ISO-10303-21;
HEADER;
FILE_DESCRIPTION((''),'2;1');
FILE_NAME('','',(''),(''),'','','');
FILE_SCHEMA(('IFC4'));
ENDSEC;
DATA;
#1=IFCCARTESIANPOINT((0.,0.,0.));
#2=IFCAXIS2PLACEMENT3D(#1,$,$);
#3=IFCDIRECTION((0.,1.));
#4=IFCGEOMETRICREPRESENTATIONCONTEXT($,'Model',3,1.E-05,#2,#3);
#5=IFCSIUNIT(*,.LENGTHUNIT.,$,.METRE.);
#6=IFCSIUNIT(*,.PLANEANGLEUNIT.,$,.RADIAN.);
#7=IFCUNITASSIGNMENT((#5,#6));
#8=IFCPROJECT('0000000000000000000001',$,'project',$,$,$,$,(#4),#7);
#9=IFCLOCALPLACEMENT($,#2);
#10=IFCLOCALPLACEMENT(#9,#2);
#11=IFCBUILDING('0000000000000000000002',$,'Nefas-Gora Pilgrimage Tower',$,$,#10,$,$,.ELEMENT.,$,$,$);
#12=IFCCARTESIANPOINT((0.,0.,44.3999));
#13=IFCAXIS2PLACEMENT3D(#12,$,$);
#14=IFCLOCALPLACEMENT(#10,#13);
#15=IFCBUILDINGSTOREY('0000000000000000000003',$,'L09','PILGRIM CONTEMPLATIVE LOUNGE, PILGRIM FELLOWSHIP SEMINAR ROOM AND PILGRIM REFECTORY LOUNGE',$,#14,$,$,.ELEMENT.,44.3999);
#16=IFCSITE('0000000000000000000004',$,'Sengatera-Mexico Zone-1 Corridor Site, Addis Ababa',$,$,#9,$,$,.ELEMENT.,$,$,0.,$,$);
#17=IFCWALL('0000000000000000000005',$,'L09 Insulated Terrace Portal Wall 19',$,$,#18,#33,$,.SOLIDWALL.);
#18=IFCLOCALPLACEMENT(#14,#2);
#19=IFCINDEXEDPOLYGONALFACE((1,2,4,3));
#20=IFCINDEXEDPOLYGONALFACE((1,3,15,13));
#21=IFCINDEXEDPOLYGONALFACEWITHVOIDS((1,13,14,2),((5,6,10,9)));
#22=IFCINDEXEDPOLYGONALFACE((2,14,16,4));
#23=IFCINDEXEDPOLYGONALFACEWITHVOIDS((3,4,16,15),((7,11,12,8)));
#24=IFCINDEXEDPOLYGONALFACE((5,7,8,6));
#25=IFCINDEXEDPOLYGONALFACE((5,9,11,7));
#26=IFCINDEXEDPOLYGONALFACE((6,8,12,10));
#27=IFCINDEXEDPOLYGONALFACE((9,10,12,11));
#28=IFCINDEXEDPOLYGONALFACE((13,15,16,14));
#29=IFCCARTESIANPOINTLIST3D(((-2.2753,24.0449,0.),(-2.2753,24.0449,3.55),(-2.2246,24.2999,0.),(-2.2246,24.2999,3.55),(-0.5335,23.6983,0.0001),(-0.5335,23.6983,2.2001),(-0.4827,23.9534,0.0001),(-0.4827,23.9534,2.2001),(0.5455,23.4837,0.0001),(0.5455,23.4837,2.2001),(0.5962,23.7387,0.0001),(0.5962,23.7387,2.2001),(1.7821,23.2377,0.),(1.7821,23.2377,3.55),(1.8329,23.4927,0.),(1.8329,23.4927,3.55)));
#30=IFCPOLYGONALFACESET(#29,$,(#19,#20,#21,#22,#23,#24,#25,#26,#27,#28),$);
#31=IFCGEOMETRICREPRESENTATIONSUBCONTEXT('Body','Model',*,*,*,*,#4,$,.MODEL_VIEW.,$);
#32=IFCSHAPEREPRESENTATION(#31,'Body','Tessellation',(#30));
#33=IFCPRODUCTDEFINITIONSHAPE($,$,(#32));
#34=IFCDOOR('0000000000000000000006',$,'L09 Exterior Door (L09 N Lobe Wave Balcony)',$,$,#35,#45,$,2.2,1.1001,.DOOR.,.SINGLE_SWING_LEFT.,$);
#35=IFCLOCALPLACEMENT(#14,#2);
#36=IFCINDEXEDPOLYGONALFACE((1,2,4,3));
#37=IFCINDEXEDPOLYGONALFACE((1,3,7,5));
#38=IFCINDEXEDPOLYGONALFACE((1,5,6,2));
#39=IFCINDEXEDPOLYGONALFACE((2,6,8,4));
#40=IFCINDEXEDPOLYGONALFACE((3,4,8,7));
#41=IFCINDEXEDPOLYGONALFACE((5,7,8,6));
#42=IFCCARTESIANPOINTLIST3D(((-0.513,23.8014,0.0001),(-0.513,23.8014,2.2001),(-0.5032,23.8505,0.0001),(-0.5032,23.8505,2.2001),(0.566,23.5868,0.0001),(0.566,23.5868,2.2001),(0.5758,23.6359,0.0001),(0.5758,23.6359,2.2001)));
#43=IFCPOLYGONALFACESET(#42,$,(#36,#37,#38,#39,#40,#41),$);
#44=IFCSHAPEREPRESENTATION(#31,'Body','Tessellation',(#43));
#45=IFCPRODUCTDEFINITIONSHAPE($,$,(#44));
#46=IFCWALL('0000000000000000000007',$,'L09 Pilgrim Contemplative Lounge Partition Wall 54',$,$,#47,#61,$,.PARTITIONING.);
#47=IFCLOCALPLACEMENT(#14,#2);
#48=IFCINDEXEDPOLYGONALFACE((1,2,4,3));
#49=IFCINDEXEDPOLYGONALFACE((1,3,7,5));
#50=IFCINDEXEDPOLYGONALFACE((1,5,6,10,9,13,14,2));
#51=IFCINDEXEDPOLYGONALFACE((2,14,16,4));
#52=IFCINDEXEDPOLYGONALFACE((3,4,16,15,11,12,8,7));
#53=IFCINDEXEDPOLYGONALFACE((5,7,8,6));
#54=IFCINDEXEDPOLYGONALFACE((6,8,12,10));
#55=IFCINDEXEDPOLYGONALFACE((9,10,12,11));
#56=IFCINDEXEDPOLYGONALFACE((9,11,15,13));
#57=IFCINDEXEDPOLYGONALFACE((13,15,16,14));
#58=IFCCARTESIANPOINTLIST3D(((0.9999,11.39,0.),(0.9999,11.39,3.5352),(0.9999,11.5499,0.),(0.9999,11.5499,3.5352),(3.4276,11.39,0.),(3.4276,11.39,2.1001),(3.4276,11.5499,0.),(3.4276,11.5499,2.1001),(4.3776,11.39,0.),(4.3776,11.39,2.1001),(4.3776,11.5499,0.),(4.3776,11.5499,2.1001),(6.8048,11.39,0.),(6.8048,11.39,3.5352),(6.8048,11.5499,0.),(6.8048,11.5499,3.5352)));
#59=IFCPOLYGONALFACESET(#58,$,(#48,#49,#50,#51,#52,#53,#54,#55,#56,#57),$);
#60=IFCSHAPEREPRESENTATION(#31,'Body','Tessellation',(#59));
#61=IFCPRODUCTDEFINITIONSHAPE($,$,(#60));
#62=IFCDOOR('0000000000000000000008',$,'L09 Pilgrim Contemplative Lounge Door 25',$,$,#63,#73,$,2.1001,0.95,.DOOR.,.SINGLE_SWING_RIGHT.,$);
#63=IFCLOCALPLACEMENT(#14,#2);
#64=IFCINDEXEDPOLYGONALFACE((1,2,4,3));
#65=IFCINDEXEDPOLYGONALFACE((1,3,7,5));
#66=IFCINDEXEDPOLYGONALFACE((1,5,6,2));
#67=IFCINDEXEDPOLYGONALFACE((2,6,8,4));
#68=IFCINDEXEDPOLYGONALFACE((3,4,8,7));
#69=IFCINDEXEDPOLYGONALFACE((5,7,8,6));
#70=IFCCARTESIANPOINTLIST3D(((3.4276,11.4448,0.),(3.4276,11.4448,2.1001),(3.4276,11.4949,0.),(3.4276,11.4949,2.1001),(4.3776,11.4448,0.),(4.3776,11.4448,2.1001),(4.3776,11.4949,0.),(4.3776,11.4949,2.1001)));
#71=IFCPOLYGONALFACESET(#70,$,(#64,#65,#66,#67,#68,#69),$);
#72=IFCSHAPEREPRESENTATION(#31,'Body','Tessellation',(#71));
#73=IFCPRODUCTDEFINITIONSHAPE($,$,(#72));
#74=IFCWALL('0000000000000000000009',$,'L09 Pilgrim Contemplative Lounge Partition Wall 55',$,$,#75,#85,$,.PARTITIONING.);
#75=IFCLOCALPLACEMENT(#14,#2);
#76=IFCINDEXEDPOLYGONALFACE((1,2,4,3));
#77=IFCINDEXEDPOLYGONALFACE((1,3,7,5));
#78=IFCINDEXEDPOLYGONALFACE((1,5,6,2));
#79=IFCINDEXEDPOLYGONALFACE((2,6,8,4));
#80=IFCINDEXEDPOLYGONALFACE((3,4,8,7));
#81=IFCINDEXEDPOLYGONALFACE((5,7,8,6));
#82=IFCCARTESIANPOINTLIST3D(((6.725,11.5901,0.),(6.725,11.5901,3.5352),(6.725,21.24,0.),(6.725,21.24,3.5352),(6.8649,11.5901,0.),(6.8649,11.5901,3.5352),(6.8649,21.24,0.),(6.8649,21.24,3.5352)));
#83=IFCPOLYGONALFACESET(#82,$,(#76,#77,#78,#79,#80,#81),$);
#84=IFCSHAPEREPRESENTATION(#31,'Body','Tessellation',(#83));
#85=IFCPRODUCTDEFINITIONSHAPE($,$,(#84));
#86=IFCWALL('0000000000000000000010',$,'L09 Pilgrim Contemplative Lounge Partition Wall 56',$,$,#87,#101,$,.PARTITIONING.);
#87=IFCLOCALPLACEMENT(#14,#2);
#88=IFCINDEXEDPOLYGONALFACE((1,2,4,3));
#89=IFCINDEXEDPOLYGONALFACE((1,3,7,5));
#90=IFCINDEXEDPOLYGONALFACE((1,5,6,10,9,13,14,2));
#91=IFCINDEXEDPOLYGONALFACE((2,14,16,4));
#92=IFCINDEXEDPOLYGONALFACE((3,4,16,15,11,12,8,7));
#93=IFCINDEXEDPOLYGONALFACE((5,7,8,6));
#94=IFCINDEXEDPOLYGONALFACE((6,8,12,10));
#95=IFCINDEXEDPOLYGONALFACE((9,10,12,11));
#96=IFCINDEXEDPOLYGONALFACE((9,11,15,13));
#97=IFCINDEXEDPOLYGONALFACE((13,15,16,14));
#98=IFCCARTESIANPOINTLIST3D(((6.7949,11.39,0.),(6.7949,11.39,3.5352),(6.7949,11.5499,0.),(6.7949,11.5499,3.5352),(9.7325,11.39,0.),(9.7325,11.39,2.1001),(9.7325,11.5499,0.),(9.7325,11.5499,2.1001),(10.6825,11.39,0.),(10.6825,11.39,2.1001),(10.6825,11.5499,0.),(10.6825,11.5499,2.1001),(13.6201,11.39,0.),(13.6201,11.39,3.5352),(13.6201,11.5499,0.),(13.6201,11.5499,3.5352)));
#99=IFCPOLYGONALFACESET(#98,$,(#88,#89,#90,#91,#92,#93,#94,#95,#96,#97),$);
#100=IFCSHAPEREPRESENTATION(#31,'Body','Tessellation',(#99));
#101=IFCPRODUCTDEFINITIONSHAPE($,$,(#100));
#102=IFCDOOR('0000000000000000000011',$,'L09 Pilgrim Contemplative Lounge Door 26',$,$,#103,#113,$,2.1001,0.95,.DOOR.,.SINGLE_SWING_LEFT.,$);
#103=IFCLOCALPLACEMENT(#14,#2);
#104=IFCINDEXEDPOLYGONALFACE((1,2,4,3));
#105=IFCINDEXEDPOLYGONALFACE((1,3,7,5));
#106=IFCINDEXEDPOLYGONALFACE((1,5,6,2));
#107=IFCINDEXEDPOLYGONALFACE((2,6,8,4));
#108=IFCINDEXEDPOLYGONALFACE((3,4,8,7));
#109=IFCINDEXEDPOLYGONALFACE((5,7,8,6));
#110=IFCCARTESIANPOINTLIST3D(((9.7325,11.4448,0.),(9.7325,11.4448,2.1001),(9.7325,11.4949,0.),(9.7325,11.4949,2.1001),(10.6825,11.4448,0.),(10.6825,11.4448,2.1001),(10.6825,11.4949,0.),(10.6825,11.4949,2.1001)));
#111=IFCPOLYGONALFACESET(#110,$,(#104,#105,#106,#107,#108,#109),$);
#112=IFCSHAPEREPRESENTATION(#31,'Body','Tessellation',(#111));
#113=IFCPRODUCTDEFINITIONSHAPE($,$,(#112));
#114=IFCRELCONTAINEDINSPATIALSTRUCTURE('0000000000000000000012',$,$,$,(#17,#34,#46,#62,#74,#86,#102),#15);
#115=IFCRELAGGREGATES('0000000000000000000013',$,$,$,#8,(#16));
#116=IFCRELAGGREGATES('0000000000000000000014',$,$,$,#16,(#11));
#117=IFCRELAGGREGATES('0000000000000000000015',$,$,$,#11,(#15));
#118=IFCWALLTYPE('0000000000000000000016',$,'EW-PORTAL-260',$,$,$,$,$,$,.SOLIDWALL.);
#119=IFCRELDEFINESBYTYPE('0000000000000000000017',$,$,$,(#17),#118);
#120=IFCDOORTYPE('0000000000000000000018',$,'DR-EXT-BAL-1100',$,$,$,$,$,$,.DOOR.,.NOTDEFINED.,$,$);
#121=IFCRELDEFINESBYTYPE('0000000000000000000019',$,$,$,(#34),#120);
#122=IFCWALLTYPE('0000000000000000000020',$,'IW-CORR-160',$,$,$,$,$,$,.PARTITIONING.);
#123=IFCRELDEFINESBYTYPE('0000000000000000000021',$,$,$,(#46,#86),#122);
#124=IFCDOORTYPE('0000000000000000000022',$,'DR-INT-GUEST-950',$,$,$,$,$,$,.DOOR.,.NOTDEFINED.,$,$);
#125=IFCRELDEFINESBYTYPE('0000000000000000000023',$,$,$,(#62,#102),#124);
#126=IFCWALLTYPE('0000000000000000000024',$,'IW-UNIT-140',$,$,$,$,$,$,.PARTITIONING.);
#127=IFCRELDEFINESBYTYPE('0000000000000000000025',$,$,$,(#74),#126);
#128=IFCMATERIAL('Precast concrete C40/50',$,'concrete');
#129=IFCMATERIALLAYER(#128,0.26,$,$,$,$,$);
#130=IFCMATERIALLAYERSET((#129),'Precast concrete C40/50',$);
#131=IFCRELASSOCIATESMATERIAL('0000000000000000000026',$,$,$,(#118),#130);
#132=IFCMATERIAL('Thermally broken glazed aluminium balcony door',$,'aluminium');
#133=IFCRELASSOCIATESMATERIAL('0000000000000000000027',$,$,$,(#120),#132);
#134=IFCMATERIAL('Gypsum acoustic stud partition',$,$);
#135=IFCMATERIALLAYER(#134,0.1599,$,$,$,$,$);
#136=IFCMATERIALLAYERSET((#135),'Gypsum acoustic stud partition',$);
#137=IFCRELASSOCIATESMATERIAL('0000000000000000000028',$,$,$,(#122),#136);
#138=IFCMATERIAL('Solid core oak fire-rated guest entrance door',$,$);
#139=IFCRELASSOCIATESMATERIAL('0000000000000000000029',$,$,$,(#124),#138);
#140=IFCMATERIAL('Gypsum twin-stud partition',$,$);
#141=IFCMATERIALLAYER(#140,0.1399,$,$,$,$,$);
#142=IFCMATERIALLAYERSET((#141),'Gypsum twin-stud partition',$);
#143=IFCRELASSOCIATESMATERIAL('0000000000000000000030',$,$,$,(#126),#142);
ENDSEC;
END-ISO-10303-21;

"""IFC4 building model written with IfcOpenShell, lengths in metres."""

from ifc_helpers import new_model, si_unit, direction, frame, frame_2d, origin, place, context, subcontext, project, spatial, rectangle, extrude, source, transform, mapped, material, layer, layer_set, type_object, element, fill, save


model = new_model("IFC4")

# Units and contexts
model_context = context("Model", 3, precision=1e-05, world=origin(), true_north=direction((0.0, 1.0)))
body_context = subcontext(model_context, "Body", "Model", "MODEL_VIEW")
ifc_project = project(units=[si_unit("LENGTHUNIT", "METRE"), si_unit("PLANEANGLEUNIT", "RADIAN")], contexts=[model_context])

# Site, building, storey
site_placement = place(None, origin())
site = spatial("IfcSite", under=ifc_project, at=site_placement, Name="Sengatera-Mexico Zone-1 Corridor Site, Addis Ababa", CompositionType="ELEMENT", RefElevation=0.0)
building_placement = place(site_placement, origin())
building = spatial("IfcBuilding", under=site, at=building_placement, Name="Nefas-Gora Pilgrimage Tower", CompositionType="ELEMENT")
storey_placement = place(building_placement, frame((0.0, 0.0, 44.3999)))
storey = spatial("IfcBuildingStorey", under=building, at=storey_placement, Name="L09", Description="PILGRIM CONTEMPLATIVE LOUNGE, PILGRIM FELLOWSHIP SEMINAR ROOM AND PILGRIM REFECTORY LOUNGE", CompositionType="ELEMENT", Elevation=44.3999)

# Shared definitions
ifc_material_1 = material(Name="Precast concrete C40/50", Category="concrete")
ifc_layer_1 = layer(ifc_material_1, 0.26)
ifc_layer_set_1 = layer_set([ifc_layer_1], Name="Precast concrete C40/50")
wall_type_1 = type_object("IfcWallType", Name="EW-PORTAL-260", PredefinedType="SOLIDWALL", material=ifc_layer_set_1)

# Walls, openings, doors
shared_shape_1 = source(origin(), body_context, "Body", "SweptSolid", [
    extrude(rectangle(XDim=4.137, YDim=0.26, at=frame_2d((2.0684, 0.0))), origin(), (0.0, 0.0, 1.0), 3.55),
])
wall_1_placement = place(storey_placement, frame((1.8074, 23.3652, 0.0), z_axis=(0.0, 0.0, 1.0), x_axis=(-0.980782, 0.195106, 0.0)))
wall_1 = element("IfcWall", 1, at=wall_1_placement, inside=storey, type_object=wall_type_1, Name="L09 Insulated Terrace Portal Wall 19", PredefinedType="SOLIDWALL", context=body_context, shape_type="MappedRepresentation", body=[
    mapped(shared_shape_1, transform((0.0, 0.0, 0.0), x_axis=(1.0, 0.0, 0.0), y_axis=(0.0, 1.0, 0.0), z_axis=(0.0, 0.0, 1.0), scale=1.0)),
])
opening_1_placement = place(wall_1_placement, frame((1.2607, 0.0, 0.0)))
opening_1 = element("IfcOpeningElement", 2, at=opening_1_placement, cuts=wall_1, PredefinedType="OPENING", context=body_context, shape_type="SweptSolid", body=[
    extrude(rectangle(XDim=1.1001, YDim=2.2, at=frame_2d((0.55, 1.1001))), frame((0.0, 0.1399, 0.0), z_axis=(0.0, -1.0, 0.0), x_axis=(1.0, 0.0, 0.0)), (0.0, 0.0, 1.0), 0.28),
])
ifc_material_2 = material(Name="Thermally broken glazed aluminium balcony door", Category="aluminium")
door_type_1 = type_object("IfcDoorType", Name="DR-EXT-BAL-1100", OperationType="NOTDEFINED", PredefinedType="DOOR", material=ifc_material_2)
shared_shape_2 = source(origin(), body_context, "Body", "SweptSolid", [
    extrude(rectangle(XDim=1.1001, YDim=2.2, at=frame_2d((0.55, 1.1001))), frame((0.0, 0.0249, 0.0), z_axis=(0.0, -1.0, 0.0), x_axis=(1.0, 0.0, 0.0)), (0.0, 0.0, 1.0), 0.05),
])
door_1_placement = place(opening_1_placement, origin())
door_1 = element("IfcDoor", 3, at=door_1_placement, inside=storey, type_object=door_type_1, Name="L09 Exterior Door (L09 N Lobe Wave Balcony)", OperationType="SINGLE_SWING_LEFT", OverallHeight=2.2, OverallWidth=1.1001, PredefinedType="DOOR", context=body_context, shape_type="MappedRepresentation", body=[
    mapped(shared_shape_2, transform((0.0, 0.0, 0.0), x_axis=(1.0, 0.0, 0.0), y_axis=(0.0, 1.0, 0.0), z_axis=(0.0, 0.0, 1.0), scale=1.0)),
])
fill(opening_1, door_1)
ifc_material_3 = material(Name="Gypsum acoustic stud partition")
ifc_layer_2 = layer(ifc_material_3, 0.1599)
ifc_layer_set_2 = layer_set([ifc_layer_2], Name="Gypsum acoustic stud partition")
wall_type_2 = type_object("IfcWallType", Name="IW-CORR-160", PredefinedType="PARTITIONING", material=ifc_layer_set_2)
shared_shape_3 = source(origin(), body_context, "Body", "SweptSolid", [
    extrude(rectangle(XDim=5.8049, YDim=0.1599, at=frame_2d((2.9023, 0.0))), origin(), (0.0, 0.0, 1.0), 3.5352),
])
wall_2_placement = place(storey_placement, frame((1.0, 11.47, 0.0), z_axis=(0.0, 0.0, 1.0), x_axis=(1.0, 0.0, 0.0)))
wall_2 = element("IfcWall", 4, at=wall_2_placement, inside=storey, type_object=wall_type_2, Name="L09 Pilgrim Contemplative Lounge Partition Wall 54", PredefinedType="PARTITIONING", context=body_context, shape_type="MappedRepresentation", body=[
    mapped(shared_shape_3, transform((0.0, 0.0, 0.0), x_axis=(1.0, 0.0, 0.0), y_axis=(0.0, 1.0, 0.0), z_axis=(0.0, 0.0, 1.0), scale=1.0)),
])
opening_2_placement = place(wall_2_placement, frame((2.4275, 0.0, 0.0)))
opening_2 = element("IfcOpeningElement", 5, at=opening_2_placement, cuts=wall_2, PredefinedType="OPENING", context=body_context, shape_type="SweptSolid", body=[
    extrude(rectangle(XDim=0.95, YDim=2.1001, at=frame_2d((0.4751, 1.05))), frame((0.0, 0.0898, 0.0), z_axis=(0.0, -1.0, 0.0), x_axis=(1.0, 0.0, 0.0)), (0.0, 0.0, 1.0), 0.1799),
])
ifc_material_4 = material(Name="Solid core oak fire-rated guest entrance door")
door_type_2 = type_object("IfcDoorType", Name="DR-INT-GUEST-950", OperationType="NOTDEFINED", PredefinedType="DOOR", material=ifc_material_4)
shared_shape_4 = source(origin(), body_context, "Body", "SweptSolid", [
    extrude(rectangle(XDim=0.95, YDim=2.1001, at=frame_2d((0.4751, 1.05))), frame((0.0, 0.0249, 0.0), z_axis=(0.0, -1.0, 0.0), x_axis=(1.0, 0.0, 0.0)), (0.0, 0.0, 1.0), 0.05),
])
door_2_placement = place(opening_2_placement, origin())
door_2 = element("IfcDoor", 6, at=door_2_placement, inside=storey, type_object=door_type_2, Name="L09 Pilgrim Contemplative Lounge Door 25", OperationType="SINGLE_SWING_RIGHT", OverallHeight=2.1001, OverallWidth=0.95, PredefinedType="DOOR", context=body_context, shape_type="MappedRepresentation", body=[
    mapped(shared_shape_4, transform((0.0, 0.0, 0.0), x_axis=(1.0, 0.0, 0.0), y_axis=(0.0, 1.0, 0.0), z_axis=(0.0, 0.0, 1.0), scale=1.0)),
])
fill(opening_2, door_2)

# Wall
ifc_material_5 = material(Name="Gypsum twin-stud partition")
ifc_layer_3 = layer(ifc_material_5, 0.1399)
ifc_layer_set_3 = layer_set([ifc_layer_3], Name="Gypsum twin-stud partition")
wall_type_3 = type_object("IfcWallType", Name="IW-UNIT-140", PredefinedType="PARTITIONING", material=ifc_layer_set_3)
shared_shape_5 = source(origin(), body_context, "Body", "SweptSolid", [
    extrude(rectangle(XDim=9.6499, YDim=0.1399, at=frame_2d((4.825, 0.0))), origin(), (0.0, 0.0, 1.0), 3.5352),
])
wall_3_placement = place(storey_placement, frame((6.7949, 11.5901, 0.0), z_axis=(0.0, 0.0, 1.0), x_axis=(0.0, 1.0, 0.0)))
element("IfcWall", 7, at=wall_3_placement, inside=storey, type_object=wall_type_3, Name="L09 Pilgrim Contemplative Lounge Partition Wall 55", PredefinedType="PARTITIONING", context=body_context, shape_type="MappedRepresentation", body=[
    mapped(shared_shape_5, transform((0.0, 0.0, 0.0), x_axis=(1.0, 0.0, 0.0), y_axis=(0.0, 1.0, 0.0), z_axis=(0.0, 0.0, 1.0), scale=1.0)),
])

# Wall, opening, door
shared_shape_6 = source(origin(), body_context, "Body", "SweptSolid", [
    extrude(rectangle(XDim=6.8252, YDim=0.1599, at=frame_2d((3.4126, 0.0))), origin(), (0.0, 0.0, 1.0), 3.5352),
])
wall_4_placement = place(storey_placement, frame((6.7949, 11.47, 0.0), z_axis=(0.0, 0.0, 1.0), x_axis=(1.0, 0.0, 0.0)))
wall_4 = element("IfcWall", 8, at=wall_4_placement, inside=storey, type_object=wall_type_2, Name="L09 Pilgrim Contemplative Lounge Partition Wall 56", PredefinedType="PARTITIONING", context=body_context, shape_type="MappedRepresentation", body=[
    mapped(shared_shape_6, transform((0.0, 0.0, 0.0), x_axis=(1.0, 0.0, 0.0), y_axis=(0.0, 1.0, 0.0), z_axis=(0.0, 0.0, 1.0), scale=1.0)),
])
opening_3_placement = place(wall_4_placement, frame((2.9375, 0.0, 0.0)))
opening_3 = element("IfcOpeningElement", 9, at=opening_3_placement, cuts=wall_4, PredefinedType="OPENING", context=body_context, shape_type="SweptSolid", body=[
    extrude(rectangle(XDim=0.95, YDim=2.1001, at=frame_2d((0.4751, 1.05))), frame((0.0, 0.0898, 0.0), z_axis=(0.0, -1.0, 0.0), x_axis=(1.0, 0.0, 0.0)), (0.0, 0.0, 1.0), 0.1799),
])
door_3_placement = place(opening_3_placement, origin())
door_3 = element("IfcDoor", 10, at=door_3_placement, inside=storey, type_object=door_type_2, Name="L09 Pilgrim Contemplative Lounge Door 26", OperationType="SINGLE_SWING_LEFT", OverallHeight=2.1001, OverallWidth=0.95, PredefinedType="DOOR", context=body_context, shape_type="MappedRepresentation", body=[
    mapped(shared_shape_4, transform((0.0, 0.0, 0.0), x_axis=(1.0, 0.0, 0.0), y_axis=(0.0, 1.0, 0.0), z_axis=(0.0, 0.0, 1.0), scale=1.0)),
])
fill(opening_3, door_3)

save(model, "model.ifc")
